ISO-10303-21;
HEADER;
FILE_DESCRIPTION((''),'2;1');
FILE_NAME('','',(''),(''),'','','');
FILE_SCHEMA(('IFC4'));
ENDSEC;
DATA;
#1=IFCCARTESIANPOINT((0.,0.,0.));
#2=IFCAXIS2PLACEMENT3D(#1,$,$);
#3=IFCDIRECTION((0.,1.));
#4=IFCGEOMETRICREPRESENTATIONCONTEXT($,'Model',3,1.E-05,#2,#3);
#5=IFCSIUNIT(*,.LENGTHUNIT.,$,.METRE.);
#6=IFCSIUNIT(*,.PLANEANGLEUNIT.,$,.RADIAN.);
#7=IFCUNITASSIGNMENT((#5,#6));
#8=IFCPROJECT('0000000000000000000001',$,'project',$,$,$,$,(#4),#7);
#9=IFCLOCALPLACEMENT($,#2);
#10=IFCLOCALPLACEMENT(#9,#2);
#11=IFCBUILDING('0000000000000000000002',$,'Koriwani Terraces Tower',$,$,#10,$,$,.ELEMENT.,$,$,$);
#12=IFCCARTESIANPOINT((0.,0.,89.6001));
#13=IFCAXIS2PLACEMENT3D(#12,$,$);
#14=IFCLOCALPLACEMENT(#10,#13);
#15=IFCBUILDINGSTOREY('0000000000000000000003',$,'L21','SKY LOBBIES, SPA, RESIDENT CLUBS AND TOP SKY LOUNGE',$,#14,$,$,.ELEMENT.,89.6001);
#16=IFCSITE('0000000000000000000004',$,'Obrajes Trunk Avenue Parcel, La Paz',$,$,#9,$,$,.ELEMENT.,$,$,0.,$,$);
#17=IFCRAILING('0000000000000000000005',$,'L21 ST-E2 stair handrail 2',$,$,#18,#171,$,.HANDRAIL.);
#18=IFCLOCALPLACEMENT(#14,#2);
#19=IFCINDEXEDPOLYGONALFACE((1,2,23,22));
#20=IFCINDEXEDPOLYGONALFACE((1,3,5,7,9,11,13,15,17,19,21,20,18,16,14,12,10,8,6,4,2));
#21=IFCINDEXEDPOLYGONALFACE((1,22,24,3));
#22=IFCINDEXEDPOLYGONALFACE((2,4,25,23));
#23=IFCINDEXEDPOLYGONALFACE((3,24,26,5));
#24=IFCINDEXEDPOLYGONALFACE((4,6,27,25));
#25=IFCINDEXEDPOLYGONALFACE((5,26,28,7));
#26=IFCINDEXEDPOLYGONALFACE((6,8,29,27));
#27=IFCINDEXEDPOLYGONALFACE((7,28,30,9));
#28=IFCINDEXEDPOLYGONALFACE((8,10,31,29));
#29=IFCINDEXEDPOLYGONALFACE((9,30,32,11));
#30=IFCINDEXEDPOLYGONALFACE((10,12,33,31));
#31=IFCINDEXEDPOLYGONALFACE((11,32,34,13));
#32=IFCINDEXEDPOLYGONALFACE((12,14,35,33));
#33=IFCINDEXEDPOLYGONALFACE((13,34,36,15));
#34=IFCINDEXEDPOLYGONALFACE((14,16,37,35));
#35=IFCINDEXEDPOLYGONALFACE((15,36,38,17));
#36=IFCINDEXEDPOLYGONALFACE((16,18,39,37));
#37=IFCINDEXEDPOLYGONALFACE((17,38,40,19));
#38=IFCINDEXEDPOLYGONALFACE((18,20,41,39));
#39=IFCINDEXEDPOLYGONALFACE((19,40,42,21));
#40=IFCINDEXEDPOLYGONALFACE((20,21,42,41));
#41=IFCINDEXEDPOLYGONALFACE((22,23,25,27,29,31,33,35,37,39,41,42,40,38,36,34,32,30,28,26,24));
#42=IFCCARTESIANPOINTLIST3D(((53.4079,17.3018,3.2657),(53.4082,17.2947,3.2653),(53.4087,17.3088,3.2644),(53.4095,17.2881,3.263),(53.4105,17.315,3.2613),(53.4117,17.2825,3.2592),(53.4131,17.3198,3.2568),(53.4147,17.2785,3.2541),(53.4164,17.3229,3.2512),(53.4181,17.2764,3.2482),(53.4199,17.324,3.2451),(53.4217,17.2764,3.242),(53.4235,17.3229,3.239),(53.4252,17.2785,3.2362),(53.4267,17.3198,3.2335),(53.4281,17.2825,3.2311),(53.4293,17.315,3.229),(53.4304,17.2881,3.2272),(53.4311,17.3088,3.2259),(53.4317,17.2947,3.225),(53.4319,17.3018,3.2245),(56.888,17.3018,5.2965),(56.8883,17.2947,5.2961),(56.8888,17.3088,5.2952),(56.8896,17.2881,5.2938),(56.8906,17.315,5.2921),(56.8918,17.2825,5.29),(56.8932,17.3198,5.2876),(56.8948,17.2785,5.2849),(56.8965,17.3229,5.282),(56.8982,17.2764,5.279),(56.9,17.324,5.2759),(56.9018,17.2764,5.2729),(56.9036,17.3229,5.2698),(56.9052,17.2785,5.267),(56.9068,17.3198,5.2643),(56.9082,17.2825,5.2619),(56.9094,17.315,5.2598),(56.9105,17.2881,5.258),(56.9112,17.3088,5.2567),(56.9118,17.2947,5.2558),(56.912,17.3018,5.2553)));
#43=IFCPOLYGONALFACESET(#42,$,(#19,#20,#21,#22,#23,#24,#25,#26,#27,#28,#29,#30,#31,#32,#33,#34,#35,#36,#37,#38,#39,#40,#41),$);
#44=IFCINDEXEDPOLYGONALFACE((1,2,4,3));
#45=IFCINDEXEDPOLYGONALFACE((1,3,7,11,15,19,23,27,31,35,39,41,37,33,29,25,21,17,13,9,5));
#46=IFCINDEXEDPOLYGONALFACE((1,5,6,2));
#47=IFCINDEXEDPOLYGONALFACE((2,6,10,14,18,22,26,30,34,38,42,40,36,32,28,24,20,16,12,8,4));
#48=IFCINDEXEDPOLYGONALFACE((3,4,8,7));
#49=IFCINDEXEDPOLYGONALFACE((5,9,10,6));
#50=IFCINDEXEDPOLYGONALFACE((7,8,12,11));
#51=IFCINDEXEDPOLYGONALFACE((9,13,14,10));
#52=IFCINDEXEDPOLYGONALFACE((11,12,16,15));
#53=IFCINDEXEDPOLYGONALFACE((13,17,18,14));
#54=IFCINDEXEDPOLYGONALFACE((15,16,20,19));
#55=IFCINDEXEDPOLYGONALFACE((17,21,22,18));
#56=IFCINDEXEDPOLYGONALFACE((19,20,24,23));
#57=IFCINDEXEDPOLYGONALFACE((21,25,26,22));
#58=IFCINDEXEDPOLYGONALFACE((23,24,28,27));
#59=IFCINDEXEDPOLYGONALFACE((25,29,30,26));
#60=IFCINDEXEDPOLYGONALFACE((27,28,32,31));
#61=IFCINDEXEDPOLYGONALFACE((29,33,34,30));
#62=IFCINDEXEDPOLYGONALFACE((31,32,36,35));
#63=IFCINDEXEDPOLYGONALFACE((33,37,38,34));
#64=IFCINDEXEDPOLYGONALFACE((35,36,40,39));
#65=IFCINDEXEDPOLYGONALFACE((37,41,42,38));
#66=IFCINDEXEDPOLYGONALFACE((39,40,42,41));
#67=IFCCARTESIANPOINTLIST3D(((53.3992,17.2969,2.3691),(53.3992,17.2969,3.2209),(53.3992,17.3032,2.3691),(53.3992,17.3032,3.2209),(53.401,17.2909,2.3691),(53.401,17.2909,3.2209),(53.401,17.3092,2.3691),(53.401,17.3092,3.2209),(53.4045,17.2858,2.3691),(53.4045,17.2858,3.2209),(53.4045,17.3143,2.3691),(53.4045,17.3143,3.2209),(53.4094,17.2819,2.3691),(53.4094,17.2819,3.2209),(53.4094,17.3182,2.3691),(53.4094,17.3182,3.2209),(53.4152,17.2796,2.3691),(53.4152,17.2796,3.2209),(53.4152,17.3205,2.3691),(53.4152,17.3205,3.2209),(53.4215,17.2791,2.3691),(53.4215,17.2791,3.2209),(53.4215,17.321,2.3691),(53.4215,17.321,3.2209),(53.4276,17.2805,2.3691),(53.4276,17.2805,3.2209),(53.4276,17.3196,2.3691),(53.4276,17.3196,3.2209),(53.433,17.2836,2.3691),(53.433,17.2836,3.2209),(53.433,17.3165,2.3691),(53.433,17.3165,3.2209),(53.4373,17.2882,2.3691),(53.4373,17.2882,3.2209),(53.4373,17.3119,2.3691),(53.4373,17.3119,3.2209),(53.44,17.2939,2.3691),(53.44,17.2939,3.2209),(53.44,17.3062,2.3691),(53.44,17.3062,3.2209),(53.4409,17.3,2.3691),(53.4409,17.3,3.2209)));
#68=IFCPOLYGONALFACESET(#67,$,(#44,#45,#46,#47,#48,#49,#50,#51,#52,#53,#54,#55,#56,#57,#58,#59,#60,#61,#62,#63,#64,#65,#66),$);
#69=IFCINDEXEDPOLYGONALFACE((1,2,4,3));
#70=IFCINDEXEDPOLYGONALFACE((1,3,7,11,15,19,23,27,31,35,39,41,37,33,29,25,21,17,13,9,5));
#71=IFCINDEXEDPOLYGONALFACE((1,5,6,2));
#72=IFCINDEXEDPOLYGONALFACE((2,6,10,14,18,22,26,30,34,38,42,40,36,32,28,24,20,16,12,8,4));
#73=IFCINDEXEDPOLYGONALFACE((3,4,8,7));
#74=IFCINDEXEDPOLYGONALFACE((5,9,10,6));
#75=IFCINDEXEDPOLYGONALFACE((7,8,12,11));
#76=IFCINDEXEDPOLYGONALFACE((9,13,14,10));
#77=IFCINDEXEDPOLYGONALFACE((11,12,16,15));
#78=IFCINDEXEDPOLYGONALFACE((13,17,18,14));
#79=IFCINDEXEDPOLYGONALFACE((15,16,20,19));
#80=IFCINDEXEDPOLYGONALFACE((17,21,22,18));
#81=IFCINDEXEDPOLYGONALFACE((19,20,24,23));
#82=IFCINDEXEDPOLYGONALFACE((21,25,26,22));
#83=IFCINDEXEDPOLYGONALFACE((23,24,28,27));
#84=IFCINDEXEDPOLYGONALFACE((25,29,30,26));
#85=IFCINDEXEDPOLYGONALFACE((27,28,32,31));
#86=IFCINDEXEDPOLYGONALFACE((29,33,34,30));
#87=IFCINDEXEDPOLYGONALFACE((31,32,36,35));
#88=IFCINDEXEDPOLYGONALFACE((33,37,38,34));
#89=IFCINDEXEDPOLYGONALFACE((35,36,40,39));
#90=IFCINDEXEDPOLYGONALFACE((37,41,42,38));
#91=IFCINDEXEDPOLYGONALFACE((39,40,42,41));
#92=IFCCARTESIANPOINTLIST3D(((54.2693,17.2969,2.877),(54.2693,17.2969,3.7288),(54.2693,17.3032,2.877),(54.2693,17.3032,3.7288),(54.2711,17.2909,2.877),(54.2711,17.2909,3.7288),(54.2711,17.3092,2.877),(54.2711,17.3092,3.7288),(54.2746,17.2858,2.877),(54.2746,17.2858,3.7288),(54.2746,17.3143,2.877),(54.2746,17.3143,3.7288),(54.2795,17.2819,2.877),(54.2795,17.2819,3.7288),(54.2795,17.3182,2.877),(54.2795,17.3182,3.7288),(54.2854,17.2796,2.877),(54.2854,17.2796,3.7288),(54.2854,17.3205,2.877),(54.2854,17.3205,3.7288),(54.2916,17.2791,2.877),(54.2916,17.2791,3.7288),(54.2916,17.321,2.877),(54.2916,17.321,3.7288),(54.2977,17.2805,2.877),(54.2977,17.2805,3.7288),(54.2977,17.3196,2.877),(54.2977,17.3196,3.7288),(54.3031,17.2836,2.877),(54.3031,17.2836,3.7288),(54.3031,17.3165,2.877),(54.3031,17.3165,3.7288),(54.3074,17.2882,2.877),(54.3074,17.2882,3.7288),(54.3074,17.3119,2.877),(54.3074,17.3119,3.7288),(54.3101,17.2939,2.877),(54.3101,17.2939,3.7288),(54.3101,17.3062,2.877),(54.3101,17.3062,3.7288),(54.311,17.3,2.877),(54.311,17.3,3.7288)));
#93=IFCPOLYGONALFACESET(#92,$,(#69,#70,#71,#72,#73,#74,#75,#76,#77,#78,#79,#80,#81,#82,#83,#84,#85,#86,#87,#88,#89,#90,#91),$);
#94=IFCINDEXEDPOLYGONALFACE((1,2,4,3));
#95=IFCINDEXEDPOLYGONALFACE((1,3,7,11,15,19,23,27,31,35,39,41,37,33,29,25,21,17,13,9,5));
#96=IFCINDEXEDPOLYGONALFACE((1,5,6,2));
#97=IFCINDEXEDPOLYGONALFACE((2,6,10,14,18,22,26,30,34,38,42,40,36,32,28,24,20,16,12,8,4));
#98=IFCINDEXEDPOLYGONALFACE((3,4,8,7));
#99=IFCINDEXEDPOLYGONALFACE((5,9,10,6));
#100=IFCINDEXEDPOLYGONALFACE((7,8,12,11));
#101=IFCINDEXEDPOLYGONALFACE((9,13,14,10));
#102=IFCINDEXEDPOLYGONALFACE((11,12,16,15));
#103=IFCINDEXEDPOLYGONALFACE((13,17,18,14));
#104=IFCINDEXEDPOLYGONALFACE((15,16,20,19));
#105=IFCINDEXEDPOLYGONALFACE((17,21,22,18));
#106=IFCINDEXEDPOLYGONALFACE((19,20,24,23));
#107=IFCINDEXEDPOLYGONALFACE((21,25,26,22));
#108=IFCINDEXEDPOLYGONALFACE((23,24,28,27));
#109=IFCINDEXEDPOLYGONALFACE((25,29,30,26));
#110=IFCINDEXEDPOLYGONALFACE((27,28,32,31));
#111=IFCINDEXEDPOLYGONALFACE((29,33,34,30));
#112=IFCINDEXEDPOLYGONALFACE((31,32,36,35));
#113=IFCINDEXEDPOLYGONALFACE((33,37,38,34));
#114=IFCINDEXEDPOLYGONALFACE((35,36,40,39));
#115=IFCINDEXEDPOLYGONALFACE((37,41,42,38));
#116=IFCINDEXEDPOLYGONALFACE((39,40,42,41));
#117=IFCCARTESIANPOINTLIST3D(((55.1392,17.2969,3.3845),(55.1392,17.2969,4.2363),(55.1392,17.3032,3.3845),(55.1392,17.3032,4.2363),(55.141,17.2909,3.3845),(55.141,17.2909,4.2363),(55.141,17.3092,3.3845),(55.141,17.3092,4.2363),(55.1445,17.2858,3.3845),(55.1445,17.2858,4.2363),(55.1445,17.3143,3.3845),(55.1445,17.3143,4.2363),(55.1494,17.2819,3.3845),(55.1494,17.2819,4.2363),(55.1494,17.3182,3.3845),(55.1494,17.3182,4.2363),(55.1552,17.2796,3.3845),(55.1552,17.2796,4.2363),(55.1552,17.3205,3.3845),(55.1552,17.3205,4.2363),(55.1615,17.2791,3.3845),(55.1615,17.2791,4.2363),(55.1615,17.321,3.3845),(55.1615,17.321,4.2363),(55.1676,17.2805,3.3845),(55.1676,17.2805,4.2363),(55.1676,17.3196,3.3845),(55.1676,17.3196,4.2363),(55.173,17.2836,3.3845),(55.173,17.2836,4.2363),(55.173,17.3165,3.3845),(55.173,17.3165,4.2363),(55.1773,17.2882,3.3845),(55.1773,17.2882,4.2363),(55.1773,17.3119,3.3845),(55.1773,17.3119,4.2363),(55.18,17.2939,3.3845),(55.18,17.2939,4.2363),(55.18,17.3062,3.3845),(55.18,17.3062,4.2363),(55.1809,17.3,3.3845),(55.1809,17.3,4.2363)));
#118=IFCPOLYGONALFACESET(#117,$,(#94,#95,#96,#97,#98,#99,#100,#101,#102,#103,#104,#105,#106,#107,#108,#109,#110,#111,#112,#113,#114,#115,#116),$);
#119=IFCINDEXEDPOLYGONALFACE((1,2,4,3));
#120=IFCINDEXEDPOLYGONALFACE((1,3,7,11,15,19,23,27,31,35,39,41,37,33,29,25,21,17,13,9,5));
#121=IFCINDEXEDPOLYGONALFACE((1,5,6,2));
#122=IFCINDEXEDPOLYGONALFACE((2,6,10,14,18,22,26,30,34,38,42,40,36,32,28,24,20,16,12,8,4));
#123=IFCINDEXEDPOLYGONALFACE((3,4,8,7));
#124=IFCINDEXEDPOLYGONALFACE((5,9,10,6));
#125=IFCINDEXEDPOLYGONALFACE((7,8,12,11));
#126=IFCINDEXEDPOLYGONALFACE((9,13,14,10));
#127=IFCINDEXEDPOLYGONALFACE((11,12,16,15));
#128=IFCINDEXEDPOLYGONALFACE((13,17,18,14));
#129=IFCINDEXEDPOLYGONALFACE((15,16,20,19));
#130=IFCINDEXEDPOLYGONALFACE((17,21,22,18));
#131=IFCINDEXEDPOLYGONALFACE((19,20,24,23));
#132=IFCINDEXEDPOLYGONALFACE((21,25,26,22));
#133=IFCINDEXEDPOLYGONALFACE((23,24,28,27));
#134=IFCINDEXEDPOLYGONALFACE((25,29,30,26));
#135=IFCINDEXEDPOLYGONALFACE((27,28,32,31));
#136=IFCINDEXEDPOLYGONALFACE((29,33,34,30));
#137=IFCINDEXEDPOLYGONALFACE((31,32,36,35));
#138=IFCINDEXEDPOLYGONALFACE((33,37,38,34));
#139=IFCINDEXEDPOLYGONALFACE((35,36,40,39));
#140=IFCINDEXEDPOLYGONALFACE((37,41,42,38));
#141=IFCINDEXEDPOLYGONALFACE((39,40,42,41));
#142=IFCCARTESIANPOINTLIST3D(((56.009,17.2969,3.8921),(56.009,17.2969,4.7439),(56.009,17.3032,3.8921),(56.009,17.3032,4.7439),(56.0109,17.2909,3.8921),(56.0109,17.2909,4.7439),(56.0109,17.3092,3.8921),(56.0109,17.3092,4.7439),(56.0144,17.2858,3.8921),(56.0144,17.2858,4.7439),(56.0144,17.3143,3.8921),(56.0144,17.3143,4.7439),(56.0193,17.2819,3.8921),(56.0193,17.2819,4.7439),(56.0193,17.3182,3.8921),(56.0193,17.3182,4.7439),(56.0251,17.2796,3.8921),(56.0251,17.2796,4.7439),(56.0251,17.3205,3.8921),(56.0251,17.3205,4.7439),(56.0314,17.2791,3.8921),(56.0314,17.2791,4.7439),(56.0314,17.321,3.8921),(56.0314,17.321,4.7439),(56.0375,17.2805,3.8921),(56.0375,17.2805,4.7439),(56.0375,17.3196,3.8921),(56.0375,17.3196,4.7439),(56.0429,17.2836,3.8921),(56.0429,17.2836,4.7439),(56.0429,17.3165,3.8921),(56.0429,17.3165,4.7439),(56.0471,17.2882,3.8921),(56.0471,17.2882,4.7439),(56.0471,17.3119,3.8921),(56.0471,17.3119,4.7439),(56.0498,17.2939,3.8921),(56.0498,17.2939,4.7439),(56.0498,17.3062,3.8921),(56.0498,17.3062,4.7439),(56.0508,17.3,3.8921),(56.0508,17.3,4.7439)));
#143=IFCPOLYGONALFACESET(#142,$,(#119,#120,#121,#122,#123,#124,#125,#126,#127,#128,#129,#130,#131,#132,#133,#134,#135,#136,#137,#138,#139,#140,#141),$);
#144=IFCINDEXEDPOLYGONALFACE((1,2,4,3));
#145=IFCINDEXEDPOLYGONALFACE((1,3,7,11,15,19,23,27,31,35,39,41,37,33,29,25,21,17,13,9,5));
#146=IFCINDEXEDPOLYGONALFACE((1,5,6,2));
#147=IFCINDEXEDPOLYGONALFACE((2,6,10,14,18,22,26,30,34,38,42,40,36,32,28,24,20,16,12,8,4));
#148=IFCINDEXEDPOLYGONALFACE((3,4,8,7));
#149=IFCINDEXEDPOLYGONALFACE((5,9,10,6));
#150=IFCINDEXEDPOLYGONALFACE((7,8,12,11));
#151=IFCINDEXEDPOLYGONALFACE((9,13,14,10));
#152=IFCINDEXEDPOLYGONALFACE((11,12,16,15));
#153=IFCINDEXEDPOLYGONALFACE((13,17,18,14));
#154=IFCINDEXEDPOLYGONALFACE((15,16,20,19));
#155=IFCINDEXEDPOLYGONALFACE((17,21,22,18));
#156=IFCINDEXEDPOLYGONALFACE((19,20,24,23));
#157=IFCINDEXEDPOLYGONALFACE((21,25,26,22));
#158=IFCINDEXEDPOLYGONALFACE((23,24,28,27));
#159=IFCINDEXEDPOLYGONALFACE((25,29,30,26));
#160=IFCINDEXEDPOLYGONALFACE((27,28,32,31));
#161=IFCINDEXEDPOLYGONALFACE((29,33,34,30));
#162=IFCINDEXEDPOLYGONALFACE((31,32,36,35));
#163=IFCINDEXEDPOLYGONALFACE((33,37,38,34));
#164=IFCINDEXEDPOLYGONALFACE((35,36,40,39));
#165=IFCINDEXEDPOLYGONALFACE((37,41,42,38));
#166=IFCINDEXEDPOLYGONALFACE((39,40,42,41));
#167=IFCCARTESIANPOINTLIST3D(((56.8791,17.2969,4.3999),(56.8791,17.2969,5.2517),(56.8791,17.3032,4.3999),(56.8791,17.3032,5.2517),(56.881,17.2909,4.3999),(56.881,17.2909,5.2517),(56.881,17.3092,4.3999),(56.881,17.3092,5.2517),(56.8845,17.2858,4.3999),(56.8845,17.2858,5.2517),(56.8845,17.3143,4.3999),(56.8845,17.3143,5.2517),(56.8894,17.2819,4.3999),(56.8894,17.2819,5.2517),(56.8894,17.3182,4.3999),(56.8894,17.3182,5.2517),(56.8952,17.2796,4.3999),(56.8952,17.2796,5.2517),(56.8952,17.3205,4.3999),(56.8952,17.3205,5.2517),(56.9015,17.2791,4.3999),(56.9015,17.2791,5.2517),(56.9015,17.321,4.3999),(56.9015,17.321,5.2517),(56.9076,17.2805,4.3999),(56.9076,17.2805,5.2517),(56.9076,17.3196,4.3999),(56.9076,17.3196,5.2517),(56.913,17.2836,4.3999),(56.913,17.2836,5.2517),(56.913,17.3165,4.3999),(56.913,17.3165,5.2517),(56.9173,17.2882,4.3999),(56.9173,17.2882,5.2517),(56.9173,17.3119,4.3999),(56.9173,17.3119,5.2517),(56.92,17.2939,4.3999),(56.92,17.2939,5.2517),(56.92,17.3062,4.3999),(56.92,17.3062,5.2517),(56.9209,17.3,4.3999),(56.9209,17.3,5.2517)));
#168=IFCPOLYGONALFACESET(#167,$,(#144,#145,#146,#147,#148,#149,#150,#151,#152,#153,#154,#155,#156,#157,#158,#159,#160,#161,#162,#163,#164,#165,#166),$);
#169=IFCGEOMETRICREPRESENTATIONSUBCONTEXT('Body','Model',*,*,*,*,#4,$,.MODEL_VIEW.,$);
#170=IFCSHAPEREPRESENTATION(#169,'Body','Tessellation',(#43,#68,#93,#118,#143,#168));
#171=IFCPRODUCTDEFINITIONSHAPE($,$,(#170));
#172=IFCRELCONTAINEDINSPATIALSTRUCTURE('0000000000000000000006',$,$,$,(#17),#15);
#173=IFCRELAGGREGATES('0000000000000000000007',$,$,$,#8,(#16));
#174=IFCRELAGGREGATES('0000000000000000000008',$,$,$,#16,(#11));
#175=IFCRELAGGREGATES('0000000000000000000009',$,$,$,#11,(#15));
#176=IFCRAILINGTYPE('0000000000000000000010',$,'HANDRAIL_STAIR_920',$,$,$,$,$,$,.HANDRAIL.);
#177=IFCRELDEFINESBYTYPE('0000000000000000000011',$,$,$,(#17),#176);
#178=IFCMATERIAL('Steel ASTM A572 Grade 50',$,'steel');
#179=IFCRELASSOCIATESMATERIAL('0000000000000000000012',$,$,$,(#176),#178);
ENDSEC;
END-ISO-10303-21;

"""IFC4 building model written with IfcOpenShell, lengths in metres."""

from ifc_helpers import new_model, si_unit, direction, frame, origin, origin_2d, place, context, subcontext, project, spatial, circle, extrude, material, type_object, element, save


model = new_model("IFC4")

# Units and contexts
model_context = context("Model", 3, precision=1e-05, world=origin(), true_north=direction((0.0, 1.0)))
body_context = subcontext(model_context, "Body", "Model", "MODEL_VIEW")
ifc_project = project(units=[si_unit("LENGTHUNIT", "METRE"), si_unit("PLANEANGLEUNIT", "RADIAN")], contexts=[model_context])

# Site, building, storey
site_placement = place(None, origin())
site = spatial("IfcSite", under=ifc_project, at=site_placement, Name="Obrajes Trunk Avenue Parcel, La Paz", CompositionType="ELEMENT", RefElevation=0.0)
building_placement = place(site_placement, origin())
building = spatial("IfcBuilding", under=site, at=building_placement, Name="Koriwani Terraces Tower", CompositionType="ELEMENT")
storey_placement = place(building_placement, frame((0.0, 0.0, 89.6001)))
storey = spatial("IfcBuildingStorey", under=building, at=storey_placement, Name="L21", Description="SKY LOBBIES, SPA, RESIDENT CLUBS AND TOP SKY LOUNGE", CompositionType="ELEMENT", Elevation=89.6001)

# Shared definitions
ifc_material_1 = material(Name="Steel ASTM A572 Grade 50", Category="steel")

# Railing
railing_type_1 = type_object("IfcRailingType", Name="HANDRAIL_STAIR_920", PredefinedType="HANDRAIL", material=ifc_material_1)
railing_1_placement = place(storey_placement, frame((53.4199, 17.3, 2.3691)))
element("IfcRailing", 1, at=railing_1_placement, inside=storey, type_object=railing_type_1, Name="L21 ST-E2 stair handrail 2", PredefinedType="HANDRAIL", context=body_context, shape_type="SweptSolid", body=[
    extrude(circle(Radius=0.0239, at=origin_2d()), frame((0.0, 0.0, 0.876), z_axis=(0.863695, 0.0, 0.504014), x_axis=(0.0, 1.0, 0.0)), (0.0, 0.0, 1.0), 4.0293),
    extrude(circle(Radius=0.021, at=origin_2d()), origin(), (0.0, 0.0, 1.0), 0.8518),
    extrude(circle(Radius=0.021, at=origin_2d()), frame((0.8701, 0.0, 0.5078)), (0.0, 0.0, 1.0), 0.8518),
    extrude(circle(Radius=0.021, at=origin_2d()), frame((1.74, 0.0, 1.0154)), (0.0, 0.0, 1.0), 0.8518),
    extrude(circle(Radius=0.021, at=origin_2d()), frame((2.6099, 0.0, 1.5229)), (0.0, 0.0, 1.0), 0.8518),
    extrude(circle(Radius=0.021, at=origin_2d()), frame((3.48, 0.0, 2.0308)), (0.0, 0.0, 1.0), 0.8518),
])

save(model, "model.ifc")
